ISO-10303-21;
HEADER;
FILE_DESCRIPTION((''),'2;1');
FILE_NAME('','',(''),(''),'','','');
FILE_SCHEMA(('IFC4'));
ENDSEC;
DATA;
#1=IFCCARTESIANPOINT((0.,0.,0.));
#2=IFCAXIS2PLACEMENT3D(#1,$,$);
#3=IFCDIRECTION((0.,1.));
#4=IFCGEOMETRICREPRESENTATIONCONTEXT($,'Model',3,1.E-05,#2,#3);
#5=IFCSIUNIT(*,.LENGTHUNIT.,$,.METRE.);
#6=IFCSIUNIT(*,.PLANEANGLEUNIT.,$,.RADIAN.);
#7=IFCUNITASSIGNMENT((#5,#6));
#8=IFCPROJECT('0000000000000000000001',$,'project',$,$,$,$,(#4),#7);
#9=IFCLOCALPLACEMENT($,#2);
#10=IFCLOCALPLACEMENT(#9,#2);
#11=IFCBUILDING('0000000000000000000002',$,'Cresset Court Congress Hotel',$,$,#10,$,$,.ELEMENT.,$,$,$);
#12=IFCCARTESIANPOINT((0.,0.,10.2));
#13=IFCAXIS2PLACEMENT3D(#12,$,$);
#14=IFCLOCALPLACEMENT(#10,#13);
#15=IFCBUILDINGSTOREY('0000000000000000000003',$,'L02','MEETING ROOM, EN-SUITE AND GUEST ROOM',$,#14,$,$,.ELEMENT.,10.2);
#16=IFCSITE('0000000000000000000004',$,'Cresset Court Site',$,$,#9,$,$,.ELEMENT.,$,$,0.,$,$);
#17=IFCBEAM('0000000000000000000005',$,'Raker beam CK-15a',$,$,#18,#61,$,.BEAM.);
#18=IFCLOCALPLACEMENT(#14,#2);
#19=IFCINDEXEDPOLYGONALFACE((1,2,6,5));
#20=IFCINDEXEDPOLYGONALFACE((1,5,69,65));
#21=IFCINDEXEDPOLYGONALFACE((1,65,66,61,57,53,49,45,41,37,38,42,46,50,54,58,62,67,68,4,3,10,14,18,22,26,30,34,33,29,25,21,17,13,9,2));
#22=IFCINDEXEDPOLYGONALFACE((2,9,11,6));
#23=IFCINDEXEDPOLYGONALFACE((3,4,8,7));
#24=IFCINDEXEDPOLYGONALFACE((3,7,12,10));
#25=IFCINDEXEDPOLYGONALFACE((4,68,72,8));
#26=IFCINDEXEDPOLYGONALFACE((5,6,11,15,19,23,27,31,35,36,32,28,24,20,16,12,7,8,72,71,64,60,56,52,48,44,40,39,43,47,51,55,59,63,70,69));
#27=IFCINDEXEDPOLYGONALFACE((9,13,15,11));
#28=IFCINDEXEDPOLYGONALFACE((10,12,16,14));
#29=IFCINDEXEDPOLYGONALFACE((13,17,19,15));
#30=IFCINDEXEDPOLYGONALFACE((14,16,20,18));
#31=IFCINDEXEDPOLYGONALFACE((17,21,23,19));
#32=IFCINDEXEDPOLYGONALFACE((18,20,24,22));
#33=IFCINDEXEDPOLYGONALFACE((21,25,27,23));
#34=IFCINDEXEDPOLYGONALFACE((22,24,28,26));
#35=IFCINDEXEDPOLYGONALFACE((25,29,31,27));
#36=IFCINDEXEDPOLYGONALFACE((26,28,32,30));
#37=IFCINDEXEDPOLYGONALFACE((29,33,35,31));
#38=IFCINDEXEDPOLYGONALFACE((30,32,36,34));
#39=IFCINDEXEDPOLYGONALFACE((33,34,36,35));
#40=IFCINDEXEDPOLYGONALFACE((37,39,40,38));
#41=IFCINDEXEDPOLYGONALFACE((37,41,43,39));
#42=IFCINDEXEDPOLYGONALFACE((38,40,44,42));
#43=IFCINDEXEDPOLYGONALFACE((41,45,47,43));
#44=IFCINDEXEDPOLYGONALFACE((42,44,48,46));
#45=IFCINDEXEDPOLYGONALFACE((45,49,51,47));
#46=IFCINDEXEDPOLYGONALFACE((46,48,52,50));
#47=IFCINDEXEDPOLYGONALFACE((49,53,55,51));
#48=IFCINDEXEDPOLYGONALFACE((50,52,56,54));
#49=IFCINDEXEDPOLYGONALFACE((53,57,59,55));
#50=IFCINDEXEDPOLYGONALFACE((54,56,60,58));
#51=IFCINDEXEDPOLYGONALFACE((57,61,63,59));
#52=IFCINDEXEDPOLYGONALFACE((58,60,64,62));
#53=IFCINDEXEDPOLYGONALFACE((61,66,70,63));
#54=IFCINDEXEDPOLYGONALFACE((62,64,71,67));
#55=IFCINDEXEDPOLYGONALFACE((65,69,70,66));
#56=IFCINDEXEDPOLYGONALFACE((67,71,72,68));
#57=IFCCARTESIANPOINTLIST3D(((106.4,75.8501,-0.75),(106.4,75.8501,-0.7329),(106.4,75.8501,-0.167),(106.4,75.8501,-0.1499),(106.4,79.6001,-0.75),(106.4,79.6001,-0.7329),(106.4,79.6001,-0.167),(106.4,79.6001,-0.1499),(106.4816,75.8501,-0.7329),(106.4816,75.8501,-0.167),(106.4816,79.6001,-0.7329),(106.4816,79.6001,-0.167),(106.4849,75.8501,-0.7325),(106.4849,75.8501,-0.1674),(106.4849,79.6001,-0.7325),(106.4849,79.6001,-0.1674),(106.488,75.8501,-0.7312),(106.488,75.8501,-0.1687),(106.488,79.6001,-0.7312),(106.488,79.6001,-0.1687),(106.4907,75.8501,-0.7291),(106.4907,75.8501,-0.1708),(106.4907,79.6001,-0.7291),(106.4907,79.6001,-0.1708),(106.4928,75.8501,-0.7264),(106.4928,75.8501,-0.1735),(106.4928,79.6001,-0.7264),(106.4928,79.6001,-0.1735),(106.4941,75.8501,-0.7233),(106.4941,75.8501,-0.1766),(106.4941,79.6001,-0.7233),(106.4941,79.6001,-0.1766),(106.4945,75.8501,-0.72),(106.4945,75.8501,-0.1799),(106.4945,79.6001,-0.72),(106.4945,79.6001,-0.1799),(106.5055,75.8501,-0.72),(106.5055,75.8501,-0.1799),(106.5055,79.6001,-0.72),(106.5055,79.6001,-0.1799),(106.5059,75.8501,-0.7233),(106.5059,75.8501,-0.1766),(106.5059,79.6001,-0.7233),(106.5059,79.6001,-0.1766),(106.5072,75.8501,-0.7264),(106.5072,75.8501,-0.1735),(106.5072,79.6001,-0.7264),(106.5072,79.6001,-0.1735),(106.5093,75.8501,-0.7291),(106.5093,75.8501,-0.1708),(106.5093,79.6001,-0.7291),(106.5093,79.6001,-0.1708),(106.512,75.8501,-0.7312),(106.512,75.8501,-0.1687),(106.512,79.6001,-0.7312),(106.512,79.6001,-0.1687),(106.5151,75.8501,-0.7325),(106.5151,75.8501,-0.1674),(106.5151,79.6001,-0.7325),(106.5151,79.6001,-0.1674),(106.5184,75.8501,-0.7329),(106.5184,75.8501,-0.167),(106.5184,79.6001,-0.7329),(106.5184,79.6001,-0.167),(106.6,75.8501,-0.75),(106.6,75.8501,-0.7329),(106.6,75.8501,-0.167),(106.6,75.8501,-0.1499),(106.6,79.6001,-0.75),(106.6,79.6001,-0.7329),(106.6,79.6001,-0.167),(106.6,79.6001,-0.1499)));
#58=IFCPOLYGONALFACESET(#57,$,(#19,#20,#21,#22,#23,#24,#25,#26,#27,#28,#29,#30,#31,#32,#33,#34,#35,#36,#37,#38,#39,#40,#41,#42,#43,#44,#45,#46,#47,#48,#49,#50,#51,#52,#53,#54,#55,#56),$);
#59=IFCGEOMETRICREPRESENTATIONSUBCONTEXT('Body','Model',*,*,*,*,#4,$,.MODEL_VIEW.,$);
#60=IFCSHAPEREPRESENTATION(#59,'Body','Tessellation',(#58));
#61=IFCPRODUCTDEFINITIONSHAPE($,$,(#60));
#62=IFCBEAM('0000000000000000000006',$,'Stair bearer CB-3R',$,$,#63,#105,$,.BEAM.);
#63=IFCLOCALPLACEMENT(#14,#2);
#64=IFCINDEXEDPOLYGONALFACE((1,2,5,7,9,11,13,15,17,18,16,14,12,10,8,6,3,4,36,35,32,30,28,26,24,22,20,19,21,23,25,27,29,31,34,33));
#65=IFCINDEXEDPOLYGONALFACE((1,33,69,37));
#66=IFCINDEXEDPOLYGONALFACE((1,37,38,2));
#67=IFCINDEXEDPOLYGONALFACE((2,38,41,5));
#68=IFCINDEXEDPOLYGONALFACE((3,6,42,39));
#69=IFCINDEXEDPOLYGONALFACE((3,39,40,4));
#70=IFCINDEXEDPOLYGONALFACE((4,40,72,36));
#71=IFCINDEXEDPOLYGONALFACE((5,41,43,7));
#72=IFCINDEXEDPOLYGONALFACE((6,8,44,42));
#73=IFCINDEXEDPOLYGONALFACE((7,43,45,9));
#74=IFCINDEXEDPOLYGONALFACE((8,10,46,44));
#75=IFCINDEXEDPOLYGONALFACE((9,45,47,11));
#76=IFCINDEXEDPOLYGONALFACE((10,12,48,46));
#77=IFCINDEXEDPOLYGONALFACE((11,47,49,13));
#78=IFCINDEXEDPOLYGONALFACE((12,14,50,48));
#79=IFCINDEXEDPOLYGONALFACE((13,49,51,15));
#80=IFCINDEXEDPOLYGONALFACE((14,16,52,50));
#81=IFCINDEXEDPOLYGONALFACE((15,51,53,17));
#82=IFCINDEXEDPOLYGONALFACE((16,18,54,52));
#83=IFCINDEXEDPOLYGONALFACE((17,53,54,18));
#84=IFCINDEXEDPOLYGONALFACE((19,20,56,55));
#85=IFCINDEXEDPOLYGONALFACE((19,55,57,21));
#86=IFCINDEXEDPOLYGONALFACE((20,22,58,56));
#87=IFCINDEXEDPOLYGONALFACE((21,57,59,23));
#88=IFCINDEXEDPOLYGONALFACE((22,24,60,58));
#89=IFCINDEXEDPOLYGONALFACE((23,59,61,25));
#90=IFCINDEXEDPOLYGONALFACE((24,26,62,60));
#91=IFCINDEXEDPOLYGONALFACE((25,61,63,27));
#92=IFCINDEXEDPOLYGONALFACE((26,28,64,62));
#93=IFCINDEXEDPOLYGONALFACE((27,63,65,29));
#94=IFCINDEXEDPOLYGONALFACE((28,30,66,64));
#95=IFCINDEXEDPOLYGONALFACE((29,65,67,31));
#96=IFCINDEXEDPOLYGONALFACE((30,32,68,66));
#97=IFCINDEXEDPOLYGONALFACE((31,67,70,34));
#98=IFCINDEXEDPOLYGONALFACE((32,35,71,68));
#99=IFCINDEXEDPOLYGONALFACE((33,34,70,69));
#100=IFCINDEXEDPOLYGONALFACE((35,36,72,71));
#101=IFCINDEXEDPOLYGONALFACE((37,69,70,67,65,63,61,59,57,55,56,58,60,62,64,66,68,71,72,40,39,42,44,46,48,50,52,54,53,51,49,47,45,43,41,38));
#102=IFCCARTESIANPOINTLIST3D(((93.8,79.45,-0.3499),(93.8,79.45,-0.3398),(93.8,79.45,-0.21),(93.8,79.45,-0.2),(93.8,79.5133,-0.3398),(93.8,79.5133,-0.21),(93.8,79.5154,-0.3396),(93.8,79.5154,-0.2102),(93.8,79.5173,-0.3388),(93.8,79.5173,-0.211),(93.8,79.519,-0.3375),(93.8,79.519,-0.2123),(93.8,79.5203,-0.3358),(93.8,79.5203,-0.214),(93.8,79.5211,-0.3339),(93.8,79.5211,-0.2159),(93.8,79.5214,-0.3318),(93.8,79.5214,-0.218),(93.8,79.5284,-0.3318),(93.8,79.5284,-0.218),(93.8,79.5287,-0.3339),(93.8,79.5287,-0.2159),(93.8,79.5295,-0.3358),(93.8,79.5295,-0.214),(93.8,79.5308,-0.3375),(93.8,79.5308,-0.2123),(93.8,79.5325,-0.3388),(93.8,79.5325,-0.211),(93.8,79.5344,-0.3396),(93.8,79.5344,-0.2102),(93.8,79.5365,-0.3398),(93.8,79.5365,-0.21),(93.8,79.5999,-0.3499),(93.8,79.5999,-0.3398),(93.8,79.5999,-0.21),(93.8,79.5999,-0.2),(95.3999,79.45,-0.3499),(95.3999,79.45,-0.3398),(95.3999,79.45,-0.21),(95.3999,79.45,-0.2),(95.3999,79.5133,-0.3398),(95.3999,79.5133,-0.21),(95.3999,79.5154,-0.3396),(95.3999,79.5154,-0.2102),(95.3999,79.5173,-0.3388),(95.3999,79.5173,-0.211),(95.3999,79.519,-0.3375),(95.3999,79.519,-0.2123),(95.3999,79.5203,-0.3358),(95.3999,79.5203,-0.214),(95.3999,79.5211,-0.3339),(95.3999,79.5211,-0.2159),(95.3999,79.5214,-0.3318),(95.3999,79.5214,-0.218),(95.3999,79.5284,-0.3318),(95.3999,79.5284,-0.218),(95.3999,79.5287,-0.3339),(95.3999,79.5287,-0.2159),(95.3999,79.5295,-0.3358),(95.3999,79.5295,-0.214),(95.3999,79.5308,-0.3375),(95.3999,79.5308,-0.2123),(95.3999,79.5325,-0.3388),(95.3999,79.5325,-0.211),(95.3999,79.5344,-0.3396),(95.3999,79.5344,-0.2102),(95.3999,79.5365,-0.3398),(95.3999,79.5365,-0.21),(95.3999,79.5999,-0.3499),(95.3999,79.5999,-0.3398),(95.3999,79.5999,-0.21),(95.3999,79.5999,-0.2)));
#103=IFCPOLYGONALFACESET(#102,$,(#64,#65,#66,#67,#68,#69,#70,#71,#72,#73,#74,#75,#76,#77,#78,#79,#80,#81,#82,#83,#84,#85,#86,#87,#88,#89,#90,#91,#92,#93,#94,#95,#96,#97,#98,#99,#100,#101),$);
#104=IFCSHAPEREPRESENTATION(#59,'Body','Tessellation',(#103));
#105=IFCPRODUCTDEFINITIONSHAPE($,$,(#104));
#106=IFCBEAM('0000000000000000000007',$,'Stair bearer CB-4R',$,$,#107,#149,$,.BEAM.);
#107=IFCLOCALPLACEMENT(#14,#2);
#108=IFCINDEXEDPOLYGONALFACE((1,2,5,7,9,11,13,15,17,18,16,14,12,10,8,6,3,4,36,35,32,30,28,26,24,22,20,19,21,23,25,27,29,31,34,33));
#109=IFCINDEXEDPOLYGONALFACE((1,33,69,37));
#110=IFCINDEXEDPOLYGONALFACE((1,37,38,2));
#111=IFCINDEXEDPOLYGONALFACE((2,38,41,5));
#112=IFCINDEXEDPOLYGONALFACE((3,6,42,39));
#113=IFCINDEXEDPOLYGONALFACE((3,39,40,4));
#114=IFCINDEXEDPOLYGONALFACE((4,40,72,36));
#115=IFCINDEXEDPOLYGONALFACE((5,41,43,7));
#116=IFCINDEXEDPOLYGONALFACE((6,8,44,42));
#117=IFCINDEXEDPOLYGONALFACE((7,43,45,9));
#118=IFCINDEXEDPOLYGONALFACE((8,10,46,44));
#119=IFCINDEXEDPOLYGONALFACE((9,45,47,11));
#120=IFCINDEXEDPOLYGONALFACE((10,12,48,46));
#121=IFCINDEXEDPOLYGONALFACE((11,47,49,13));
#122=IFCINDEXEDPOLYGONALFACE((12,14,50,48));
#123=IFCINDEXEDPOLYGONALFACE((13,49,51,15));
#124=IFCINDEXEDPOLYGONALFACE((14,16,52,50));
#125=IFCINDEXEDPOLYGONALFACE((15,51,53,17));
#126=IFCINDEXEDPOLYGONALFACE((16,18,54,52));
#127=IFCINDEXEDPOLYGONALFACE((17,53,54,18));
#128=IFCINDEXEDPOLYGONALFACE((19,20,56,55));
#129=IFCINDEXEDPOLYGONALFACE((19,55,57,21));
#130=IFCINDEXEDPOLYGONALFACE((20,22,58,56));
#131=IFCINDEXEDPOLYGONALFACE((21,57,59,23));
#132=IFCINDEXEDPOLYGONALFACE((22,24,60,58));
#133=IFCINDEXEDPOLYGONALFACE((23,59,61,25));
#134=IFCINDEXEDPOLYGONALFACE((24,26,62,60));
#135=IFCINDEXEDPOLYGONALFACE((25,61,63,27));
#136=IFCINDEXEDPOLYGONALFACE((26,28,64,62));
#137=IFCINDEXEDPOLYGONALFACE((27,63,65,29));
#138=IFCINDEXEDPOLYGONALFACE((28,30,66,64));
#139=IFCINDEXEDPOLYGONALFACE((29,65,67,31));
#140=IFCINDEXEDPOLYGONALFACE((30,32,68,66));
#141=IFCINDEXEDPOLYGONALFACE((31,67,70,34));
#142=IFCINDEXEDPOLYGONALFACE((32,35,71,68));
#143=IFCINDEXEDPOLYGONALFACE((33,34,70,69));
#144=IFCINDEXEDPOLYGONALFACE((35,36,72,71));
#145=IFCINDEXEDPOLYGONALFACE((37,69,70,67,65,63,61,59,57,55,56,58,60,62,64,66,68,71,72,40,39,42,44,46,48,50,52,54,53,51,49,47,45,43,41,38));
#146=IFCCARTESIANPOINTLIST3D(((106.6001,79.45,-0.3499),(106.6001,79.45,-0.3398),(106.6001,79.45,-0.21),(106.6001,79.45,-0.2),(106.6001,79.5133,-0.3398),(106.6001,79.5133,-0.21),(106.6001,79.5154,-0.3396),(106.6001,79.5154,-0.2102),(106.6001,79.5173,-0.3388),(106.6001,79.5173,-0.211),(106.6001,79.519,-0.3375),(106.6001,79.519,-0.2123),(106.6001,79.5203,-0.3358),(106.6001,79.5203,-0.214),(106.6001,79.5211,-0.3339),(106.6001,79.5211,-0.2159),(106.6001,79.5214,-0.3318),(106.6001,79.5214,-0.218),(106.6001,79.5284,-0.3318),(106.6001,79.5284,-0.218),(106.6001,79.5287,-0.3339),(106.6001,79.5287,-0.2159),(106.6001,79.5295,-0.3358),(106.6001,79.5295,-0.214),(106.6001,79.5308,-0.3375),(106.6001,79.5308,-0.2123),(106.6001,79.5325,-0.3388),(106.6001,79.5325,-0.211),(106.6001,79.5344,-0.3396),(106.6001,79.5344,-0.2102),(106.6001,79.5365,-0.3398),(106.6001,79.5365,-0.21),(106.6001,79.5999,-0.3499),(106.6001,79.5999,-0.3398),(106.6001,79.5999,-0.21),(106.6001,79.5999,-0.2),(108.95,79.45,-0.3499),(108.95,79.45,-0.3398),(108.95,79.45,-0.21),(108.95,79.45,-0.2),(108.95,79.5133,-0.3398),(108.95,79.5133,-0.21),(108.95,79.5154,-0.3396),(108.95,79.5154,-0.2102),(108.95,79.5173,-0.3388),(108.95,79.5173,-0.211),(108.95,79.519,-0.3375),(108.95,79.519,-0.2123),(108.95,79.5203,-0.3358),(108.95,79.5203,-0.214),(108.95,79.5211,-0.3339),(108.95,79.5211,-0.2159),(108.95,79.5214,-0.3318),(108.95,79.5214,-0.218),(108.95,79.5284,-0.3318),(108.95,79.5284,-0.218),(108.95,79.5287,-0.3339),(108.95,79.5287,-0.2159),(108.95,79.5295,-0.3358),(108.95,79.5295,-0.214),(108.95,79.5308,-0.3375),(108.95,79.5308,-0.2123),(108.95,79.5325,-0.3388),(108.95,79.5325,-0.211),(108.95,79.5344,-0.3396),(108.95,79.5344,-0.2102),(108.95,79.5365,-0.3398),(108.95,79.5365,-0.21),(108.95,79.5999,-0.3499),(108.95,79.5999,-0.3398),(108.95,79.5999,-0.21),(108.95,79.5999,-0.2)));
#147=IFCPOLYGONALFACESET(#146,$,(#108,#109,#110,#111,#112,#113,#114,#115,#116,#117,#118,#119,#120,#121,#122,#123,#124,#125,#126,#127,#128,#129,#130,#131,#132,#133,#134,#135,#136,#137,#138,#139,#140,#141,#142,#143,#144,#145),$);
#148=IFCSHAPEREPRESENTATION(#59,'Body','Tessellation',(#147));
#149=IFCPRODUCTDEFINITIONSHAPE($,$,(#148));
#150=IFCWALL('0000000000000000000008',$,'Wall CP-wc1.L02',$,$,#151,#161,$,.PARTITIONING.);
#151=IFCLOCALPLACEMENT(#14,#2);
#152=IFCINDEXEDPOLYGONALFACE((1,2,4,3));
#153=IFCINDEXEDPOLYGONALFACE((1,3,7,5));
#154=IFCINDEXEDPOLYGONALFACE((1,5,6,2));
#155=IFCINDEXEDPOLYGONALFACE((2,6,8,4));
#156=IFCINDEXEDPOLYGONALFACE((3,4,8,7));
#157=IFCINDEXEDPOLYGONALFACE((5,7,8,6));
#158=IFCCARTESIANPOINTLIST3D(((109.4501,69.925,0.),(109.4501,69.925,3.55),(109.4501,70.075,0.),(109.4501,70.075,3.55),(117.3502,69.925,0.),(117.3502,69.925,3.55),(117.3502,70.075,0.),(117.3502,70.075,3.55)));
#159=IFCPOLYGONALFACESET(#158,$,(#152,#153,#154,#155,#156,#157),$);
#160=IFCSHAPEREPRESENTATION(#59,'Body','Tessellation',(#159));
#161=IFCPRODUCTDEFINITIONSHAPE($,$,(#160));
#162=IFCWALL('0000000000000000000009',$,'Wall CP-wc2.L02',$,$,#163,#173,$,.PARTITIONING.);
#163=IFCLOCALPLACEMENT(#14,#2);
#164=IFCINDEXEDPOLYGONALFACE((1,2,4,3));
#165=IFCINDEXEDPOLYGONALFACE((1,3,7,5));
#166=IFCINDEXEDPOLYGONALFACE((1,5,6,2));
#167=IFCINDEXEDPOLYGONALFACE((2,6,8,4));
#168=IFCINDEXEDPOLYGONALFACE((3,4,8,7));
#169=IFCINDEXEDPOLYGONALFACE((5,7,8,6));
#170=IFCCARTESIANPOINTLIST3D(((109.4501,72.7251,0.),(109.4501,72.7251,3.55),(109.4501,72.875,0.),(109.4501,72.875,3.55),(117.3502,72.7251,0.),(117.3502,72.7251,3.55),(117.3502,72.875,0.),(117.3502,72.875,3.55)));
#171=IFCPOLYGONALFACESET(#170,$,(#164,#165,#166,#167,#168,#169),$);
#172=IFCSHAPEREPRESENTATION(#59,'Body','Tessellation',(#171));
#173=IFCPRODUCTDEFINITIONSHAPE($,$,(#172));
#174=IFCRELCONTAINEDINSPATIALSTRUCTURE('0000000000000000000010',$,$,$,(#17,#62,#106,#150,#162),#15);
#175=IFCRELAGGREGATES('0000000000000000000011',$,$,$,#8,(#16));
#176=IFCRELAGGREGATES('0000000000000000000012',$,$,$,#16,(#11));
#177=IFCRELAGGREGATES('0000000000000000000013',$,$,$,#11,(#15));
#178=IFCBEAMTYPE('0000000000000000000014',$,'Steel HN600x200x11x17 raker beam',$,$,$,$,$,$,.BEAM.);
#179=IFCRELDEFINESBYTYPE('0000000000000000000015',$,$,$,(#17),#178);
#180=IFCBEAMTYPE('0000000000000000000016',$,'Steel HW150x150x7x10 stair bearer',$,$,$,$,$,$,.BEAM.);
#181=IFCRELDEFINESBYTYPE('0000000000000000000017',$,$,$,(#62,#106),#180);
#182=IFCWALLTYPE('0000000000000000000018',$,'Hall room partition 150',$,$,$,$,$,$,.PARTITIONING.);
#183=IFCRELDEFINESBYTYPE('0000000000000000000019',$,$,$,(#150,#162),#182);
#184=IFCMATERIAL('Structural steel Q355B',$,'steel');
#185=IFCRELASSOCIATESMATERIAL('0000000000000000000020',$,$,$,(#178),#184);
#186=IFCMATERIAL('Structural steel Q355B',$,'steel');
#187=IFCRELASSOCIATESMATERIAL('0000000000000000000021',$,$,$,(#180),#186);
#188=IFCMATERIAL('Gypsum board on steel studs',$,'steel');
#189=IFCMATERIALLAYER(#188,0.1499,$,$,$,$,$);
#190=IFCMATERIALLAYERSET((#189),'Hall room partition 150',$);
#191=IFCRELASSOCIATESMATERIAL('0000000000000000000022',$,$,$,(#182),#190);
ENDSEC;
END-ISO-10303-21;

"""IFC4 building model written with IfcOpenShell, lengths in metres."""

from ifc_helpers import new_model, si_unit, direction, frame, frame_2d, origin, origin_2d, place, context, subcontext, project, spatial, rectangle, i_section, extrude, material, layer, layer_set, material_profile, profile_set, type_object, element, save


model = new_model("IFC4")

# Units and contexts
model_context = context("Model", 3, precision=1e-05, world=origin(), true_north=direction((0.0, 1.0)))
body_context = subcontext(model_context, "Body", "Model", "MODEL_VIEW")
ifc_project = project(units=[si_unit("LENGTHUNIT", "METRE"), si_unit("PLANEANGLEUNIT", "RADIAN")], contexts=[model_context])

# Site, building, storey
site_placement = place(None, origin())
site = spatial("IfcSite", under=ifc_project, at=site_placement, Name="Cresset Court Site", CompositionType="ELEMENT", RefElevation=0.0)
building_placement = place(site_placement, origin())
building = spatial("IfcBuilding", under=site, at=building_placement, Name="Cresset Court Congress Hotel", CompositionType="ELEMENT")
storey_placement = place(building_placement, frame((0.0, 0.0, 10.2)))
storey = spatial("IfcBuildingStorey", under=building, at=storey_placement, Name="L02", Description="MEETING ROOM, EN-SUITE AND GUEST ROOM", CompositionType="ELEMENT", Elevation=10.2)

# Beams
ifc_material_1 = material(Name="Structural steel Q355B", Category="steel")
ifc_material_profile_1 = material_profile(ifc_material_1, i_section(OverallWidth=0.2, OverallDepth=0.6001, WebThickness=0.011, FlangeThickness=0.0171, FilletRadius=0.0129, at=origin_2d()), Name="HN600x200x11x17")
ifc_profile_set_1 = profile_set([ifc_material_profile_1], Name="Structural steel Q355B")
beam_type_1 = type_object("IfcBeamType", Name="Steel HN600x200x11x17 raker beam", PredefinedType="BEAM", material=ifc_profile_set_1)
for number, where, z_axis, x_axis, name in (
    (1, (106.5, 75.8501, -0.45), (0.0, 1.0, 0.0), (-1.0, 0.0, 0.0), "Raker beam CK-15a"),
):
    element("IfcBeam", number, at=place(storey_placement, frame(where, z_axis=z_axis, x_axis=x_axis)), inside=storey, type_object=beam_type_1, Name=name, PredefinedType="BEAM", context=body_context, shape_type="SweptSolid", body=[
        extrude(i_section(OverallWidth=0.2, OverallDepth=0.6001, WebThickness=0.011, FlangeThickness=0.0171, FilletRadius=0.0129, at=origin_2d()), origin(), (0.0, 0.0, 1.0), 3.75),
    ])
ifc_material_2 = material(Name="Structural steel Q355B", Category="steel")
ifc_material_profile_2 = material_profile(ifc_material_2, i_section(OverallWidth=0.1499, OverallDepth=0.1499, WebThickness=0.0071, FlangeThickness=0.01, FilletRadius=0.0081, at=origin_2d()), Name="HW150x150x7x10")
ifc_profile_set_2 = profile_set([ifc_material_profile_2], Name="Structural steel Q355B")
beam_type_2 = type_object("IfcBeamType", Name="Steel HW150x150x7x10 stair bearer", PredefinedType="BEAM", material=ifc_profile_set_2)
beam_1_placement = place(storey_placement, frame((93.8, 79.5249, -0.2749), z_axis=(1.0, 0.0, 0.0), x_axis=(0.0, 1.0, 0.0)))
element("IfcBeam", 2, at=beam_1_placement, inside=storey, type_object=beam_type_2, Name="Stair bearer CB-3R", PredefinedType="BEAM", context=body_context, shape_type="SweptSolid", body=[
    extrude(i_section(OverallWidth=0.1499, OverallDepth=0.1499, WebThickness=0.0071, FlangeThickness=0.01, FilletRadius=0.0081, at=origin_2d()), origin(), (0.0, 0.0, 1.0), 1.5999),
])
beam_2_placement = place(storey_placement, frame((106.6001, 79.5249, -0.2749), z_axis=(1.0, 0.0, 0.0), x_axis=(0.0, 1.0, 0.0)))
element("IfcBeam", 3, at=beam_2_placement, inside=storey, type_object=beam_type_2, Name="Stair bearer CB-4R", PredefinedType="BEAM", context=body_context, shape_type="SweptSolid", body=[
    extrude(i_section(OverallWidth=0.1499, OverallDepth=0.1499, WebThickness=0.0071, FlangeThickness=0.01, FilletRadius=0.0081, at=origin_2d()), origin(), (0.0, 0.0, 1.0), 2.3499),
])

# Walls
ifc_material_3 = material(Name="Gypsum board on steel studs", Category="steel")
ifc_layer_1 = layer(ifc_material_3, 0.1499)
ifc_layer_set_1 = layer_set([ifc_layer_1], Name="Hall room partition 150")
wall_type = type_object("IfcWallType", Name="Hall room partition 150", PredefinedType="PARTITIONING", material=ifc_layer_set_1)
for number, where, z_axis, x_axis, name in (
    (4, (109.45, 70.0, 0.0), (0.0, 0.0, 1.0), (1.0, 0.0, 0.0), "Wall CP-wc1.L02"),
    (5, (109.45, 72.8, 0.0), (0.0, 0.0, 1.0), (1.0, 0.0, 0.0), "Wall CP-wc2.L02"),
):
    element("IfcWall", number, at=place(storey_placement, frame(where, z_axis=z_axis, x_axis=x_axis)), inside=storey, type_object=wall_type, Name=name, PredefinedType="PARTITIONING", context=body_context, shape_type="SweptSolid", body=[
        extrude(rectangle(XDim=7.9001, YDim=0.1499, at=frame_2d((3.9502, 0.0))), origin(), (0.0, 0.0, 1.0), 3.55),
    ])

save(model, "model.ifc")
